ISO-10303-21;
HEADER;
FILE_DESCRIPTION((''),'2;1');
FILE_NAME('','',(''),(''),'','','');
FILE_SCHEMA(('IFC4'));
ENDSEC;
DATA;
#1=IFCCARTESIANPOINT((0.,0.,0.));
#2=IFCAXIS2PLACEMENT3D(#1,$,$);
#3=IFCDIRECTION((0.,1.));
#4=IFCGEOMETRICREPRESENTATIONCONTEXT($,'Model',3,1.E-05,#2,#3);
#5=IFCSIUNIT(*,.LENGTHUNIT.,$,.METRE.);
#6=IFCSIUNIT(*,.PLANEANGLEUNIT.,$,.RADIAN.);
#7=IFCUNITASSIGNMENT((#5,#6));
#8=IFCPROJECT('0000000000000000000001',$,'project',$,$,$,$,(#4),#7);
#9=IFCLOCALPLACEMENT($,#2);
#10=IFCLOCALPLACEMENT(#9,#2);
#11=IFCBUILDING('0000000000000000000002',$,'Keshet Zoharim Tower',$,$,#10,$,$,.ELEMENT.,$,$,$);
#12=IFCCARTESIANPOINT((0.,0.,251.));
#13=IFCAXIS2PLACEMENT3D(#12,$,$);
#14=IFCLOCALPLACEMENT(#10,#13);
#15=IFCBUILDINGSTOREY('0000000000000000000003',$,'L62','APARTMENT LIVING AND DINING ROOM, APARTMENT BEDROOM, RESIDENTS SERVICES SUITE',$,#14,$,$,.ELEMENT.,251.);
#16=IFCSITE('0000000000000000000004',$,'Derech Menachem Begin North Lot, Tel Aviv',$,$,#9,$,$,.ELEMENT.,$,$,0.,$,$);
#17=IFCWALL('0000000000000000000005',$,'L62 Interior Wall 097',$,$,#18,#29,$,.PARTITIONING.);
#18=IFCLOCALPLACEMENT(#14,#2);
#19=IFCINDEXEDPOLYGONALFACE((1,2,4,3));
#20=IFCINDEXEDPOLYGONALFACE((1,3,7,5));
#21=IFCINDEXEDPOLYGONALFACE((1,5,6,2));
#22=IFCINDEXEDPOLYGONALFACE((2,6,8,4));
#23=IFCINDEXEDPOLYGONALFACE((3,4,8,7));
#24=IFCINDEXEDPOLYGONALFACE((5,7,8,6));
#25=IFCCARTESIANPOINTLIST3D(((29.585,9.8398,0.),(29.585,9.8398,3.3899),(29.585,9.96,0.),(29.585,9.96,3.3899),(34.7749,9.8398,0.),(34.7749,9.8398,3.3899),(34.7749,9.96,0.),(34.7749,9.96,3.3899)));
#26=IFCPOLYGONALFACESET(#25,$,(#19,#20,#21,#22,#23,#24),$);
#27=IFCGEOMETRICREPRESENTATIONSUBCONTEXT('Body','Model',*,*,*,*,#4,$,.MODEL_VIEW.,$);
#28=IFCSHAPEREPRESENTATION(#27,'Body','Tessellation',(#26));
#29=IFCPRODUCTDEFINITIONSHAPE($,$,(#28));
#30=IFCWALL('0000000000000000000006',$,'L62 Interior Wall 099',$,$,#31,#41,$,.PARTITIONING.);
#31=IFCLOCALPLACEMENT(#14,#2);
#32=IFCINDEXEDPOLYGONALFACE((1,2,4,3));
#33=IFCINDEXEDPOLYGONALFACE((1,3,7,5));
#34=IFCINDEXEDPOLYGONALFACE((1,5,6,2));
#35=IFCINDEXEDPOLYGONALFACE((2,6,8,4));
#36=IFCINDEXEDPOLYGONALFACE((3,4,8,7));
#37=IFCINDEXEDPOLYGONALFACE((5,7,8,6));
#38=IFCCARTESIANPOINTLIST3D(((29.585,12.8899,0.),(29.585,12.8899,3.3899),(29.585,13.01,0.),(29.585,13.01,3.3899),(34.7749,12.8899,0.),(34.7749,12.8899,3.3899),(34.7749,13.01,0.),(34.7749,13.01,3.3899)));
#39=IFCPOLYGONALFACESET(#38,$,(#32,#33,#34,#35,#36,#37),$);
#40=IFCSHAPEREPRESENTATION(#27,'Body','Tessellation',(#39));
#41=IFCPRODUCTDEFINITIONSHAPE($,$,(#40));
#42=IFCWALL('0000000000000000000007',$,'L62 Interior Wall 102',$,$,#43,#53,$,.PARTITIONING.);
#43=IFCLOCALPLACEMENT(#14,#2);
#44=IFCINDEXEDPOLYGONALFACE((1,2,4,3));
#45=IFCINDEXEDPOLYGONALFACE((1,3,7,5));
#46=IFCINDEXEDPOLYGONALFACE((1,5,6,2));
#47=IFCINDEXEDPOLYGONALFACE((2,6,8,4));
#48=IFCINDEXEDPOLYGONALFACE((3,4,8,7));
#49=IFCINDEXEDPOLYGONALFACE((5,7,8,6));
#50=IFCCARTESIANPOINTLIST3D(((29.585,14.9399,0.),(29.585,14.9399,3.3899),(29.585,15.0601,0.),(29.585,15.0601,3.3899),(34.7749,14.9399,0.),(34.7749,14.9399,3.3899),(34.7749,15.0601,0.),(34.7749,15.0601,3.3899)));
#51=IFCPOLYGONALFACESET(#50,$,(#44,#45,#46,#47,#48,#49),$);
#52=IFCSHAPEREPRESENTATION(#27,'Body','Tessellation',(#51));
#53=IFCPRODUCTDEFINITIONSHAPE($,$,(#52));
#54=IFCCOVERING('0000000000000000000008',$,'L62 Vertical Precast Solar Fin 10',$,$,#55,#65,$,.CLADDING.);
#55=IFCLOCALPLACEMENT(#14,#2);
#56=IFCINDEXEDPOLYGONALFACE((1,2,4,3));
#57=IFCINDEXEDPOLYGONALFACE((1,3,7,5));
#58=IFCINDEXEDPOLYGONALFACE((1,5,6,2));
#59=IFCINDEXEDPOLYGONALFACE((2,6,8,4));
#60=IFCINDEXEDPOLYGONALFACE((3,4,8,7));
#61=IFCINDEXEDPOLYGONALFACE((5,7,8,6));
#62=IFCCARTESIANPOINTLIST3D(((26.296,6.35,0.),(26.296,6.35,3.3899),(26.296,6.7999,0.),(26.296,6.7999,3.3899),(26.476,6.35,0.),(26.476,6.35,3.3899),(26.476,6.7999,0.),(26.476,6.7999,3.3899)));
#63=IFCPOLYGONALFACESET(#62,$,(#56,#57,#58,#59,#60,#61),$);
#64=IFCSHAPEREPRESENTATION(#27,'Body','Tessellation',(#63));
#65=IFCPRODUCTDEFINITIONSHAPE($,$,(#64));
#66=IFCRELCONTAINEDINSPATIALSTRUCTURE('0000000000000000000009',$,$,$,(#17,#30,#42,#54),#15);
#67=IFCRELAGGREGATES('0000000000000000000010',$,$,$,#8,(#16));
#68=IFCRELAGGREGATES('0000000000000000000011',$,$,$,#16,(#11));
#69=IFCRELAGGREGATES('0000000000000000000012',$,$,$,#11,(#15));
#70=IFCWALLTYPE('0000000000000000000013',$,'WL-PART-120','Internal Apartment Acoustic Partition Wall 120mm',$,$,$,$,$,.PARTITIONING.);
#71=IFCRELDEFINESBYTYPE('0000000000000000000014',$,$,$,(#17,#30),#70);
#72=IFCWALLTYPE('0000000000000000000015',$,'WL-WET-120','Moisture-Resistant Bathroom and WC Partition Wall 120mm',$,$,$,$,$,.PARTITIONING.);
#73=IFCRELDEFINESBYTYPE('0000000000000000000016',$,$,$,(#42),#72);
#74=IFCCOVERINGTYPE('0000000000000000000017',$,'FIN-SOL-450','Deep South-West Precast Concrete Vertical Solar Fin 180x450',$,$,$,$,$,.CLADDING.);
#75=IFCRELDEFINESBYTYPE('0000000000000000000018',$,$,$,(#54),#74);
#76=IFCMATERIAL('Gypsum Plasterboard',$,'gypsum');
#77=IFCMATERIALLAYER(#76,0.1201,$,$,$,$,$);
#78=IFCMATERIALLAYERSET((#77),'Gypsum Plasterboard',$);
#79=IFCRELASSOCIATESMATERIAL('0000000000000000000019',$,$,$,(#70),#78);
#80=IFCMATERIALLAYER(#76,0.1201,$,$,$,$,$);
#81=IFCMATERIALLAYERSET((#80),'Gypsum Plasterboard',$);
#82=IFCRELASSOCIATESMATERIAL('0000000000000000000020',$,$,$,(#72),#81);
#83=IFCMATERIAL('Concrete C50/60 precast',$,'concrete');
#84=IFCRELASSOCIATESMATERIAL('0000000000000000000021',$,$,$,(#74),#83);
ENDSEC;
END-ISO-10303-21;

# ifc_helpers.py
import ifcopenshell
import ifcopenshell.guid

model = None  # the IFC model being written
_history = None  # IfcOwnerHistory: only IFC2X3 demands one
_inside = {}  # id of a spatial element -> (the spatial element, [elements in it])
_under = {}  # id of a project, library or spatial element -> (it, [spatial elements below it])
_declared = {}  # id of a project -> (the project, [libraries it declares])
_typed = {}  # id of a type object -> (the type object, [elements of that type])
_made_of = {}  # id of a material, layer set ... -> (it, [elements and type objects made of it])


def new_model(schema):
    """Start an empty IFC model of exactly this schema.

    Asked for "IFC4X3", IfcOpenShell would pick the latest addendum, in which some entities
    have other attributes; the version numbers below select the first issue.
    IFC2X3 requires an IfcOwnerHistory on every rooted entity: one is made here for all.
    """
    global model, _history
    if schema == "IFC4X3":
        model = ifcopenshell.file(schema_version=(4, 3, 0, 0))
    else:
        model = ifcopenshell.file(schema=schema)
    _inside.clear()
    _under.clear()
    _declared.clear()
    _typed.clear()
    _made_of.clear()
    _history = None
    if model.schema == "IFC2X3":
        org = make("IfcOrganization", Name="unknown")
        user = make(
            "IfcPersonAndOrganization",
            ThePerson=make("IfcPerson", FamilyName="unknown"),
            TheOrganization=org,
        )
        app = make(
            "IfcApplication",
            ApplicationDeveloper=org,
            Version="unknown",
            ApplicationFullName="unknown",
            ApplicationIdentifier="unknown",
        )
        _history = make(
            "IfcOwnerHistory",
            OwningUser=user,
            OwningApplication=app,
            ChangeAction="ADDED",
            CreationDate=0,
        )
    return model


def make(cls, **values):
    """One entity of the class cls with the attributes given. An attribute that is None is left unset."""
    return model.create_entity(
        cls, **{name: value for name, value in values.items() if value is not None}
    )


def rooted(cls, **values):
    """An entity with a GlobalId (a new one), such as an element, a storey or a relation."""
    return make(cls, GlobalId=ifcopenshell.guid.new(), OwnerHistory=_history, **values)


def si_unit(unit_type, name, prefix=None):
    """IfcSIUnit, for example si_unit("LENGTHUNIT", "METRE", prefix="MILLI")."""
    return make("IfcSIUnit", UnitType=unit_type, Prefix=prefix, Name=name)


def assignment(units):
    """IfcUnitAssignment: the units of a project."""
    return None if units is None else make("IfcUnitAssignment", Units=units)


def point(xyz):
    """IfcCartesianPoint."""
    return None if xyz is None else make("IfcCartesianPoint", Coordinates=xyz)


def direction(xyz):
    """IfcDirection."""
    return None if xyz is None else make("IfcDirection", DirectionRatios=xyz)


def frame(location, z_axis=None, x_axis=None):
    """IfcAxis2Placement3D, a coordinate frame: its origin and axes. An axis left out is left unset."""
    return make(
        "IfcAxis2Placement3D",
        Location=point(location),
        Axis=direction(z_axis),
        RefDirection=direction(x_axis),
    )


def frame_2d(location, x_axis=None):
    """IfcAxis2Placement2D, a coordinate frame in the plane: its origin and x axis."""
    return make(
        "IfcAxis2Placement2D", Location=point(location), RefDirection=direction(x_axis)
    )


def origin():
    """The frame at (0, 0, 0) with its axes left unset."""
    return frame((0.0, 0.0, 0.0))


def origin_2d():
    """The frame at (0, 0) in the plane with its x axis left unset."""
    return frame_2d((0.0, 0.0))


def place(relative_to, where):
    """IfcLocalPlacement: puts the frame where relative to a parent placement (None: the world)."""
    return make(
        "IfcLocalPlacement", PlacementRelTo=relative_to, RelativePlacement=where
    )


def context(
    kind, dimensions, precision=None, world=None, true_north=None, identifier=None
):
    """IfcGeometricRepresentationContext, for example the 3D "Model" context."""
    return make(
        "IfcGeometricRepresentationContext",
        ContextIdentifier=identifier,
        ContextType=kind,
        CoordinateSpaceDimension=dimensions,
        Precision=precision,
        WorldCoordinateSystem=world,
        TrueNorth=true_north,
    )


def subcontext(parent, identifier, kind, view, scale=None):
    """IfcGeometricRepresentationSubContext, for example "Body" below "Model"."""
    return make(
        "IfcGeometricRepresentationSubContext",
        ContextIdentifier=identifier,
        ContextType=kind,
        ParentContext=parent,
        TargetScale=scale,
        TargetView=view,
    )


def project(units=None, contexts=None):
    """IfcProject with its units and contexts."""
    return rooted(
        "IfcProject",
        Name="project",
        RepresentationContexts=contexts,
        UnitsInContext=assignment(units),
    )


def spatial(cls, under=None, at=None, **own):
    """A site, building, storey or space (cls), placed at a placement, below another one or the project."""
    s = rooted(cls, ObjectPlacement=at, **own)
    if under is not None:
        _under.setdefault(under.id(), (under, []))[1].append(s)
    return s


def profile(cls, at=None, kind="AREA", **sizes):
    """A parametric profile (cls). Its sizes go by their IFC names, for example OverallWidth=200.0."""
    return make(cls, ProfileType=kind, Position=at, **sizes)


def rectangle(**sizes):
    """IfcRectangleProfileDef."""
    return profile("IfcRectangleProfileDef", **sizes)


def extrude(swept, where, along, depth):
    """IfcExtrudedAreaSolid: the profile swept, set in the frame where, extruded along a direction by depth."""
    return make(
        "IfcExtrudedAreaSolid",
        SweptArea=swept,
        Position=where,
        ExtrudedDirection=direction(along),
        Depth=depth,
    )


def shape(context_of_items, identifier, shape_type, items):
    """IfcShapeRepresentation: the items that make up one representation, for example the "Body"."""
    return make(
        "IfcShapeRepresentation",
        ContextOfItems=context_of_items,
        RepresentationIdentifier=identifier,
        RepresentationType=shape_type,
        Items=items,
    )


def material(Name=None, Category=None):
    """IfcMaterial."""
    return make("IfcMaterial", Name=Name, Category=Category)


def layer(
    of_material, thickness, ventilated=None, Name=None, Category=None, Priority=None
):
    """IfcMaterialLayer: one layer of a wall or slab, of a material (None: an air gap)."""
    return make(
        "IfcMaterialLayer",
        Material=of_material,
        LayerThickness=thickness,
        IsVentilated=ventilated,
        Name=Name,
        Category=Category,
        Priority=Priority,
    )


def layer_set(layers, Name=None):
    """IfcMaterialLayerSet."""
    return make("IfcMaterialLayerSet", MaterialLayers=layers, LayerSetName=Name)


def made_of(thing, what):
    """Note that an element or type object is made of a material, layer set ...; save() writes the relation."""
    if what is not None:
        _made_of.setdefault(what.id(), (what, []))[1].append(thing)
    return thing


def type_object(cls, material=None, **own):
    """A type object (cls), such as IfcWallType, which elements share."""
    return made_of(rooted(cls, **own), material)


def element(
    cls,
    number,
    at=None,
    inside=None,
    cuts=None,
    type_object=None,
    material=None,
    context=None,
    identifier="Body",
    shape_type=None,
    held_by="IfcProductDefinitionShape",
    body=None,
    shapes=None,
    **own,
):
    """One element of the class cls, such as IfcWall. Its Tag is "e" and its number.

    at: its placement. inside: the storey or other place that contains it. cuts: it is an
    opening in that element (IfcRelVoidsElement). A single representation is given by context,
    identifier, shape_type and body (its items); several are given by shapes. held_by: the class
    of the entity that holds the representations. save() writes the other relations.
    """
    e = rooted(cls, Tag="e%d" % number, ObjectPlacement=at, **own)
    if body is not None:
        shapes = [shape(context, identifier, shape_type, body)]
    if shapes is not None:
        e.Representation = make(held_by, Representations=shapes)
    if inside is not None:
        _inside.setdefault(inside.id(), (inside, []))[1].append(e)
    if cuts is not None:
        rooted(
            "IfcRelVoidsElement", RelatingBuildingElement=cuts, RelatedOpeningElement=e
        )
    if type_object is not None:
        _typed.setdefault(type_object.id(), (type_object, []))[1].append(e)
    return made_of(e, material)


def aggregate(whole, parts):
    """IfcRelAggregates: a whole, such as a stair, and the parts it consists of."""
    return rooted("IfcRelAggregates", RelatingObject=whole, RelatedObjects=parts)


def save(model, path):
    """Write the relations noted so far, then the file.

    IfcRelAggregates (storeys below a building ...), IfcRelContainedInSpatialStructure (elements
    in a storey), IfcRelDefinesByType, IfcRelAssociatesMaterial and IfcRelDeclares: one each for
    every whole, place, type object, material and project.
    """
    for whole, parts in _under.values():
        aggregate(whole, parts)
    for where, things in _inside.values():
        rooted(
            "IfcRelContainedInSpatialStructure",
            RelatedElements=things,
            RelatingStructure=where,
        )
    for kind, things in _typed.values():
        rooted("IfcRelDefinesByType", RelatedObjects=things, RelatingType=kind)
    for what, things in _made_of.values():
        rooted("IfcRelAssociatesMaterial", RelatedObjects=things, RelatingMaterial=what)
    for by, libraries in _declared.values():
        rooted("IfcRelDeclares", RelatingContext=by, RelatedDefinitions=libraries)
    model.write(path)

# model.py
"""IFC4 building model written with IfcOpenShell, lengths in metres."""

from ifc_helpers import new_model, si_unit, direction, frame, frame_2d, origin, origin_2d, place, context, subcontext, project, spatial, rectangle, extrude, material, layer, layer_set, type_object, element, save


model = new_model("IFC4")

# Units and contexts
model_context = context("Model", 3, precision=1e-05, world=origin(), true_north=direction((0.0, 1.0)))
body_context = subcontext(model_context, "Body", "Model", "MODEL_VIEW")
ifc_project = project(units=[si_unit("LENGTHUNIT", "METRE"), si_unit("PLANEANGLEUNIT", "RADIAN")], contexts=[model_context])

# Site, building, storey
site_placement = place(None, origin())
site = spatial("IfcSite", under=ifc_project, at=site_placement, Name="Derech Menachem Begin North Lot, Tel Aviv", CompositionType="ELEMENT", RefElevation=0.0)
building_placement = place(site_placement, origin())
building = spatial("IfcBuilding", under=site, at=building_placement, Name="Keshet Zoharim Tower", CompositionType="ELEMENT")
storey_placement = place(building_placement, frame((0.0, 0.0, 251.0)))
storey = spatial("IfcBuildingStorey", under=building, at=storey_placement, Name="L62", Description="APARTMENT LIVING AND DINING ROOM, APARTMENT BEDROOM, RESIDENTS SERVICES SUITE", CompositionType="ELEMENT", Elevation=251.0)

# Shared definitions
ifc_material_1 = material(Name="Gypsum Plasterboard", Category="gypsum")
ifc_layer_1 = layer(ifc_material_1, 0.1201)
ifc_layer_set_1 = layer_set([ifc_layer_1], Name="Gypsum Plasterboard")
wall_type_1 = type_object("IfcWallType", Name="WL-PART-120", Description="Internal Apartment Acoustic Partition Wall 120mm", PredefinedType="PARTITIONING", material=ifc_layer_set_1)

# Walls
for number, where, z_axis, x_axis, name in (
    (1, (29.585, 9.8999, 0.0), (0.0, 0.0, 1.0), (1.0, 0.0, 0.0), "L62 Interior Wall 097"),
    (2, (29.585, 12.95, 0.0), (0.0, 0.0, 1.0), (1.0, 0.0, 0.0), "L62 Interior Wall 099"),
):
    element("IfcWall", number, at=place(storey_placement, frame(where, z_axis=z_axis, x_axis=x_axis)), inside=storey, type_object=wall_type_1, Name=name, PredefinedType="PARTITIONING", context=body_context, shape_type="SweptSolid", body=[
        extrude(rectangle(XDim=5.1899, YDim=0.1201, at=frame_2d((2.595, 0.0))), origin(), (0.0, 0.0, 1.0), 3.3899),
    ])
ifc_layer_2 = layer(ifc_material_1, 0.1201)
ifc_layer_set_2 = layer_set([ifc_layer_2], Name="Gypsum Plasterboard")
wall_type_2 = type_object("IfcWallType", Name="WL-WET-120", Description="Moisture-Resistant Bathroom and WC Partition Wall 120mm", PredefinedType="PARTITIONING", material=ifc_layer_set_2)
wall_1_placement = place(storey_placement, frame((29.585, 15.0, 0.0), z_axis=(0.0, 0.0, 1.0), x_axis=(1.0, 0.0, 0.0)))
element("IfcWall", 3, at=wall_1_placement, inside=storey, type_object=wall_type_2, Name="L62 Interior Wall 102", PredefinedType="PARTITIONING", context=body_context, shape_type="SweptSolid", body=[
    extrude(rectangle(XDim=5.1899, YDim=0.1201, at=frame_2d((2.595, 0.0))), origin(), (0.0, 0.0, 1.0), 3.3899),
])

# Covering
ifc_material_2 = material(Name="Concrete C50/60 precast", Category="concrete")
covering_type = type_object("IfcCoveringType", Name="FIN-SOL-450", Description="Deep South-West Precast Concrete Vertical Solar Fin 180x450", PredefinedType="CLADDING", material=ifc_material_2)
covering_placement = place(storey_placement, frame((26.386, 6.575, 0.0), z_axis=(0.0, 0.0, 1.0), x_axis=(-1.0, 0.0, 0.0)))
element("IfcCovering", 4, at=covering_placement, inside=storey, type_object=covering_type, Name="L62 Vertical Precast Solar Fin 10", PredefinedType="CLADDING", context=body_context, shape_type="SweptSolid", body=[
    extrude(rectangle(XDim=0.1799, YDim=0.45, at=origin_2d()), origin(), (0.0, 0.0, 1.0), 3.3899),
])

save(model, "model.ifc")
